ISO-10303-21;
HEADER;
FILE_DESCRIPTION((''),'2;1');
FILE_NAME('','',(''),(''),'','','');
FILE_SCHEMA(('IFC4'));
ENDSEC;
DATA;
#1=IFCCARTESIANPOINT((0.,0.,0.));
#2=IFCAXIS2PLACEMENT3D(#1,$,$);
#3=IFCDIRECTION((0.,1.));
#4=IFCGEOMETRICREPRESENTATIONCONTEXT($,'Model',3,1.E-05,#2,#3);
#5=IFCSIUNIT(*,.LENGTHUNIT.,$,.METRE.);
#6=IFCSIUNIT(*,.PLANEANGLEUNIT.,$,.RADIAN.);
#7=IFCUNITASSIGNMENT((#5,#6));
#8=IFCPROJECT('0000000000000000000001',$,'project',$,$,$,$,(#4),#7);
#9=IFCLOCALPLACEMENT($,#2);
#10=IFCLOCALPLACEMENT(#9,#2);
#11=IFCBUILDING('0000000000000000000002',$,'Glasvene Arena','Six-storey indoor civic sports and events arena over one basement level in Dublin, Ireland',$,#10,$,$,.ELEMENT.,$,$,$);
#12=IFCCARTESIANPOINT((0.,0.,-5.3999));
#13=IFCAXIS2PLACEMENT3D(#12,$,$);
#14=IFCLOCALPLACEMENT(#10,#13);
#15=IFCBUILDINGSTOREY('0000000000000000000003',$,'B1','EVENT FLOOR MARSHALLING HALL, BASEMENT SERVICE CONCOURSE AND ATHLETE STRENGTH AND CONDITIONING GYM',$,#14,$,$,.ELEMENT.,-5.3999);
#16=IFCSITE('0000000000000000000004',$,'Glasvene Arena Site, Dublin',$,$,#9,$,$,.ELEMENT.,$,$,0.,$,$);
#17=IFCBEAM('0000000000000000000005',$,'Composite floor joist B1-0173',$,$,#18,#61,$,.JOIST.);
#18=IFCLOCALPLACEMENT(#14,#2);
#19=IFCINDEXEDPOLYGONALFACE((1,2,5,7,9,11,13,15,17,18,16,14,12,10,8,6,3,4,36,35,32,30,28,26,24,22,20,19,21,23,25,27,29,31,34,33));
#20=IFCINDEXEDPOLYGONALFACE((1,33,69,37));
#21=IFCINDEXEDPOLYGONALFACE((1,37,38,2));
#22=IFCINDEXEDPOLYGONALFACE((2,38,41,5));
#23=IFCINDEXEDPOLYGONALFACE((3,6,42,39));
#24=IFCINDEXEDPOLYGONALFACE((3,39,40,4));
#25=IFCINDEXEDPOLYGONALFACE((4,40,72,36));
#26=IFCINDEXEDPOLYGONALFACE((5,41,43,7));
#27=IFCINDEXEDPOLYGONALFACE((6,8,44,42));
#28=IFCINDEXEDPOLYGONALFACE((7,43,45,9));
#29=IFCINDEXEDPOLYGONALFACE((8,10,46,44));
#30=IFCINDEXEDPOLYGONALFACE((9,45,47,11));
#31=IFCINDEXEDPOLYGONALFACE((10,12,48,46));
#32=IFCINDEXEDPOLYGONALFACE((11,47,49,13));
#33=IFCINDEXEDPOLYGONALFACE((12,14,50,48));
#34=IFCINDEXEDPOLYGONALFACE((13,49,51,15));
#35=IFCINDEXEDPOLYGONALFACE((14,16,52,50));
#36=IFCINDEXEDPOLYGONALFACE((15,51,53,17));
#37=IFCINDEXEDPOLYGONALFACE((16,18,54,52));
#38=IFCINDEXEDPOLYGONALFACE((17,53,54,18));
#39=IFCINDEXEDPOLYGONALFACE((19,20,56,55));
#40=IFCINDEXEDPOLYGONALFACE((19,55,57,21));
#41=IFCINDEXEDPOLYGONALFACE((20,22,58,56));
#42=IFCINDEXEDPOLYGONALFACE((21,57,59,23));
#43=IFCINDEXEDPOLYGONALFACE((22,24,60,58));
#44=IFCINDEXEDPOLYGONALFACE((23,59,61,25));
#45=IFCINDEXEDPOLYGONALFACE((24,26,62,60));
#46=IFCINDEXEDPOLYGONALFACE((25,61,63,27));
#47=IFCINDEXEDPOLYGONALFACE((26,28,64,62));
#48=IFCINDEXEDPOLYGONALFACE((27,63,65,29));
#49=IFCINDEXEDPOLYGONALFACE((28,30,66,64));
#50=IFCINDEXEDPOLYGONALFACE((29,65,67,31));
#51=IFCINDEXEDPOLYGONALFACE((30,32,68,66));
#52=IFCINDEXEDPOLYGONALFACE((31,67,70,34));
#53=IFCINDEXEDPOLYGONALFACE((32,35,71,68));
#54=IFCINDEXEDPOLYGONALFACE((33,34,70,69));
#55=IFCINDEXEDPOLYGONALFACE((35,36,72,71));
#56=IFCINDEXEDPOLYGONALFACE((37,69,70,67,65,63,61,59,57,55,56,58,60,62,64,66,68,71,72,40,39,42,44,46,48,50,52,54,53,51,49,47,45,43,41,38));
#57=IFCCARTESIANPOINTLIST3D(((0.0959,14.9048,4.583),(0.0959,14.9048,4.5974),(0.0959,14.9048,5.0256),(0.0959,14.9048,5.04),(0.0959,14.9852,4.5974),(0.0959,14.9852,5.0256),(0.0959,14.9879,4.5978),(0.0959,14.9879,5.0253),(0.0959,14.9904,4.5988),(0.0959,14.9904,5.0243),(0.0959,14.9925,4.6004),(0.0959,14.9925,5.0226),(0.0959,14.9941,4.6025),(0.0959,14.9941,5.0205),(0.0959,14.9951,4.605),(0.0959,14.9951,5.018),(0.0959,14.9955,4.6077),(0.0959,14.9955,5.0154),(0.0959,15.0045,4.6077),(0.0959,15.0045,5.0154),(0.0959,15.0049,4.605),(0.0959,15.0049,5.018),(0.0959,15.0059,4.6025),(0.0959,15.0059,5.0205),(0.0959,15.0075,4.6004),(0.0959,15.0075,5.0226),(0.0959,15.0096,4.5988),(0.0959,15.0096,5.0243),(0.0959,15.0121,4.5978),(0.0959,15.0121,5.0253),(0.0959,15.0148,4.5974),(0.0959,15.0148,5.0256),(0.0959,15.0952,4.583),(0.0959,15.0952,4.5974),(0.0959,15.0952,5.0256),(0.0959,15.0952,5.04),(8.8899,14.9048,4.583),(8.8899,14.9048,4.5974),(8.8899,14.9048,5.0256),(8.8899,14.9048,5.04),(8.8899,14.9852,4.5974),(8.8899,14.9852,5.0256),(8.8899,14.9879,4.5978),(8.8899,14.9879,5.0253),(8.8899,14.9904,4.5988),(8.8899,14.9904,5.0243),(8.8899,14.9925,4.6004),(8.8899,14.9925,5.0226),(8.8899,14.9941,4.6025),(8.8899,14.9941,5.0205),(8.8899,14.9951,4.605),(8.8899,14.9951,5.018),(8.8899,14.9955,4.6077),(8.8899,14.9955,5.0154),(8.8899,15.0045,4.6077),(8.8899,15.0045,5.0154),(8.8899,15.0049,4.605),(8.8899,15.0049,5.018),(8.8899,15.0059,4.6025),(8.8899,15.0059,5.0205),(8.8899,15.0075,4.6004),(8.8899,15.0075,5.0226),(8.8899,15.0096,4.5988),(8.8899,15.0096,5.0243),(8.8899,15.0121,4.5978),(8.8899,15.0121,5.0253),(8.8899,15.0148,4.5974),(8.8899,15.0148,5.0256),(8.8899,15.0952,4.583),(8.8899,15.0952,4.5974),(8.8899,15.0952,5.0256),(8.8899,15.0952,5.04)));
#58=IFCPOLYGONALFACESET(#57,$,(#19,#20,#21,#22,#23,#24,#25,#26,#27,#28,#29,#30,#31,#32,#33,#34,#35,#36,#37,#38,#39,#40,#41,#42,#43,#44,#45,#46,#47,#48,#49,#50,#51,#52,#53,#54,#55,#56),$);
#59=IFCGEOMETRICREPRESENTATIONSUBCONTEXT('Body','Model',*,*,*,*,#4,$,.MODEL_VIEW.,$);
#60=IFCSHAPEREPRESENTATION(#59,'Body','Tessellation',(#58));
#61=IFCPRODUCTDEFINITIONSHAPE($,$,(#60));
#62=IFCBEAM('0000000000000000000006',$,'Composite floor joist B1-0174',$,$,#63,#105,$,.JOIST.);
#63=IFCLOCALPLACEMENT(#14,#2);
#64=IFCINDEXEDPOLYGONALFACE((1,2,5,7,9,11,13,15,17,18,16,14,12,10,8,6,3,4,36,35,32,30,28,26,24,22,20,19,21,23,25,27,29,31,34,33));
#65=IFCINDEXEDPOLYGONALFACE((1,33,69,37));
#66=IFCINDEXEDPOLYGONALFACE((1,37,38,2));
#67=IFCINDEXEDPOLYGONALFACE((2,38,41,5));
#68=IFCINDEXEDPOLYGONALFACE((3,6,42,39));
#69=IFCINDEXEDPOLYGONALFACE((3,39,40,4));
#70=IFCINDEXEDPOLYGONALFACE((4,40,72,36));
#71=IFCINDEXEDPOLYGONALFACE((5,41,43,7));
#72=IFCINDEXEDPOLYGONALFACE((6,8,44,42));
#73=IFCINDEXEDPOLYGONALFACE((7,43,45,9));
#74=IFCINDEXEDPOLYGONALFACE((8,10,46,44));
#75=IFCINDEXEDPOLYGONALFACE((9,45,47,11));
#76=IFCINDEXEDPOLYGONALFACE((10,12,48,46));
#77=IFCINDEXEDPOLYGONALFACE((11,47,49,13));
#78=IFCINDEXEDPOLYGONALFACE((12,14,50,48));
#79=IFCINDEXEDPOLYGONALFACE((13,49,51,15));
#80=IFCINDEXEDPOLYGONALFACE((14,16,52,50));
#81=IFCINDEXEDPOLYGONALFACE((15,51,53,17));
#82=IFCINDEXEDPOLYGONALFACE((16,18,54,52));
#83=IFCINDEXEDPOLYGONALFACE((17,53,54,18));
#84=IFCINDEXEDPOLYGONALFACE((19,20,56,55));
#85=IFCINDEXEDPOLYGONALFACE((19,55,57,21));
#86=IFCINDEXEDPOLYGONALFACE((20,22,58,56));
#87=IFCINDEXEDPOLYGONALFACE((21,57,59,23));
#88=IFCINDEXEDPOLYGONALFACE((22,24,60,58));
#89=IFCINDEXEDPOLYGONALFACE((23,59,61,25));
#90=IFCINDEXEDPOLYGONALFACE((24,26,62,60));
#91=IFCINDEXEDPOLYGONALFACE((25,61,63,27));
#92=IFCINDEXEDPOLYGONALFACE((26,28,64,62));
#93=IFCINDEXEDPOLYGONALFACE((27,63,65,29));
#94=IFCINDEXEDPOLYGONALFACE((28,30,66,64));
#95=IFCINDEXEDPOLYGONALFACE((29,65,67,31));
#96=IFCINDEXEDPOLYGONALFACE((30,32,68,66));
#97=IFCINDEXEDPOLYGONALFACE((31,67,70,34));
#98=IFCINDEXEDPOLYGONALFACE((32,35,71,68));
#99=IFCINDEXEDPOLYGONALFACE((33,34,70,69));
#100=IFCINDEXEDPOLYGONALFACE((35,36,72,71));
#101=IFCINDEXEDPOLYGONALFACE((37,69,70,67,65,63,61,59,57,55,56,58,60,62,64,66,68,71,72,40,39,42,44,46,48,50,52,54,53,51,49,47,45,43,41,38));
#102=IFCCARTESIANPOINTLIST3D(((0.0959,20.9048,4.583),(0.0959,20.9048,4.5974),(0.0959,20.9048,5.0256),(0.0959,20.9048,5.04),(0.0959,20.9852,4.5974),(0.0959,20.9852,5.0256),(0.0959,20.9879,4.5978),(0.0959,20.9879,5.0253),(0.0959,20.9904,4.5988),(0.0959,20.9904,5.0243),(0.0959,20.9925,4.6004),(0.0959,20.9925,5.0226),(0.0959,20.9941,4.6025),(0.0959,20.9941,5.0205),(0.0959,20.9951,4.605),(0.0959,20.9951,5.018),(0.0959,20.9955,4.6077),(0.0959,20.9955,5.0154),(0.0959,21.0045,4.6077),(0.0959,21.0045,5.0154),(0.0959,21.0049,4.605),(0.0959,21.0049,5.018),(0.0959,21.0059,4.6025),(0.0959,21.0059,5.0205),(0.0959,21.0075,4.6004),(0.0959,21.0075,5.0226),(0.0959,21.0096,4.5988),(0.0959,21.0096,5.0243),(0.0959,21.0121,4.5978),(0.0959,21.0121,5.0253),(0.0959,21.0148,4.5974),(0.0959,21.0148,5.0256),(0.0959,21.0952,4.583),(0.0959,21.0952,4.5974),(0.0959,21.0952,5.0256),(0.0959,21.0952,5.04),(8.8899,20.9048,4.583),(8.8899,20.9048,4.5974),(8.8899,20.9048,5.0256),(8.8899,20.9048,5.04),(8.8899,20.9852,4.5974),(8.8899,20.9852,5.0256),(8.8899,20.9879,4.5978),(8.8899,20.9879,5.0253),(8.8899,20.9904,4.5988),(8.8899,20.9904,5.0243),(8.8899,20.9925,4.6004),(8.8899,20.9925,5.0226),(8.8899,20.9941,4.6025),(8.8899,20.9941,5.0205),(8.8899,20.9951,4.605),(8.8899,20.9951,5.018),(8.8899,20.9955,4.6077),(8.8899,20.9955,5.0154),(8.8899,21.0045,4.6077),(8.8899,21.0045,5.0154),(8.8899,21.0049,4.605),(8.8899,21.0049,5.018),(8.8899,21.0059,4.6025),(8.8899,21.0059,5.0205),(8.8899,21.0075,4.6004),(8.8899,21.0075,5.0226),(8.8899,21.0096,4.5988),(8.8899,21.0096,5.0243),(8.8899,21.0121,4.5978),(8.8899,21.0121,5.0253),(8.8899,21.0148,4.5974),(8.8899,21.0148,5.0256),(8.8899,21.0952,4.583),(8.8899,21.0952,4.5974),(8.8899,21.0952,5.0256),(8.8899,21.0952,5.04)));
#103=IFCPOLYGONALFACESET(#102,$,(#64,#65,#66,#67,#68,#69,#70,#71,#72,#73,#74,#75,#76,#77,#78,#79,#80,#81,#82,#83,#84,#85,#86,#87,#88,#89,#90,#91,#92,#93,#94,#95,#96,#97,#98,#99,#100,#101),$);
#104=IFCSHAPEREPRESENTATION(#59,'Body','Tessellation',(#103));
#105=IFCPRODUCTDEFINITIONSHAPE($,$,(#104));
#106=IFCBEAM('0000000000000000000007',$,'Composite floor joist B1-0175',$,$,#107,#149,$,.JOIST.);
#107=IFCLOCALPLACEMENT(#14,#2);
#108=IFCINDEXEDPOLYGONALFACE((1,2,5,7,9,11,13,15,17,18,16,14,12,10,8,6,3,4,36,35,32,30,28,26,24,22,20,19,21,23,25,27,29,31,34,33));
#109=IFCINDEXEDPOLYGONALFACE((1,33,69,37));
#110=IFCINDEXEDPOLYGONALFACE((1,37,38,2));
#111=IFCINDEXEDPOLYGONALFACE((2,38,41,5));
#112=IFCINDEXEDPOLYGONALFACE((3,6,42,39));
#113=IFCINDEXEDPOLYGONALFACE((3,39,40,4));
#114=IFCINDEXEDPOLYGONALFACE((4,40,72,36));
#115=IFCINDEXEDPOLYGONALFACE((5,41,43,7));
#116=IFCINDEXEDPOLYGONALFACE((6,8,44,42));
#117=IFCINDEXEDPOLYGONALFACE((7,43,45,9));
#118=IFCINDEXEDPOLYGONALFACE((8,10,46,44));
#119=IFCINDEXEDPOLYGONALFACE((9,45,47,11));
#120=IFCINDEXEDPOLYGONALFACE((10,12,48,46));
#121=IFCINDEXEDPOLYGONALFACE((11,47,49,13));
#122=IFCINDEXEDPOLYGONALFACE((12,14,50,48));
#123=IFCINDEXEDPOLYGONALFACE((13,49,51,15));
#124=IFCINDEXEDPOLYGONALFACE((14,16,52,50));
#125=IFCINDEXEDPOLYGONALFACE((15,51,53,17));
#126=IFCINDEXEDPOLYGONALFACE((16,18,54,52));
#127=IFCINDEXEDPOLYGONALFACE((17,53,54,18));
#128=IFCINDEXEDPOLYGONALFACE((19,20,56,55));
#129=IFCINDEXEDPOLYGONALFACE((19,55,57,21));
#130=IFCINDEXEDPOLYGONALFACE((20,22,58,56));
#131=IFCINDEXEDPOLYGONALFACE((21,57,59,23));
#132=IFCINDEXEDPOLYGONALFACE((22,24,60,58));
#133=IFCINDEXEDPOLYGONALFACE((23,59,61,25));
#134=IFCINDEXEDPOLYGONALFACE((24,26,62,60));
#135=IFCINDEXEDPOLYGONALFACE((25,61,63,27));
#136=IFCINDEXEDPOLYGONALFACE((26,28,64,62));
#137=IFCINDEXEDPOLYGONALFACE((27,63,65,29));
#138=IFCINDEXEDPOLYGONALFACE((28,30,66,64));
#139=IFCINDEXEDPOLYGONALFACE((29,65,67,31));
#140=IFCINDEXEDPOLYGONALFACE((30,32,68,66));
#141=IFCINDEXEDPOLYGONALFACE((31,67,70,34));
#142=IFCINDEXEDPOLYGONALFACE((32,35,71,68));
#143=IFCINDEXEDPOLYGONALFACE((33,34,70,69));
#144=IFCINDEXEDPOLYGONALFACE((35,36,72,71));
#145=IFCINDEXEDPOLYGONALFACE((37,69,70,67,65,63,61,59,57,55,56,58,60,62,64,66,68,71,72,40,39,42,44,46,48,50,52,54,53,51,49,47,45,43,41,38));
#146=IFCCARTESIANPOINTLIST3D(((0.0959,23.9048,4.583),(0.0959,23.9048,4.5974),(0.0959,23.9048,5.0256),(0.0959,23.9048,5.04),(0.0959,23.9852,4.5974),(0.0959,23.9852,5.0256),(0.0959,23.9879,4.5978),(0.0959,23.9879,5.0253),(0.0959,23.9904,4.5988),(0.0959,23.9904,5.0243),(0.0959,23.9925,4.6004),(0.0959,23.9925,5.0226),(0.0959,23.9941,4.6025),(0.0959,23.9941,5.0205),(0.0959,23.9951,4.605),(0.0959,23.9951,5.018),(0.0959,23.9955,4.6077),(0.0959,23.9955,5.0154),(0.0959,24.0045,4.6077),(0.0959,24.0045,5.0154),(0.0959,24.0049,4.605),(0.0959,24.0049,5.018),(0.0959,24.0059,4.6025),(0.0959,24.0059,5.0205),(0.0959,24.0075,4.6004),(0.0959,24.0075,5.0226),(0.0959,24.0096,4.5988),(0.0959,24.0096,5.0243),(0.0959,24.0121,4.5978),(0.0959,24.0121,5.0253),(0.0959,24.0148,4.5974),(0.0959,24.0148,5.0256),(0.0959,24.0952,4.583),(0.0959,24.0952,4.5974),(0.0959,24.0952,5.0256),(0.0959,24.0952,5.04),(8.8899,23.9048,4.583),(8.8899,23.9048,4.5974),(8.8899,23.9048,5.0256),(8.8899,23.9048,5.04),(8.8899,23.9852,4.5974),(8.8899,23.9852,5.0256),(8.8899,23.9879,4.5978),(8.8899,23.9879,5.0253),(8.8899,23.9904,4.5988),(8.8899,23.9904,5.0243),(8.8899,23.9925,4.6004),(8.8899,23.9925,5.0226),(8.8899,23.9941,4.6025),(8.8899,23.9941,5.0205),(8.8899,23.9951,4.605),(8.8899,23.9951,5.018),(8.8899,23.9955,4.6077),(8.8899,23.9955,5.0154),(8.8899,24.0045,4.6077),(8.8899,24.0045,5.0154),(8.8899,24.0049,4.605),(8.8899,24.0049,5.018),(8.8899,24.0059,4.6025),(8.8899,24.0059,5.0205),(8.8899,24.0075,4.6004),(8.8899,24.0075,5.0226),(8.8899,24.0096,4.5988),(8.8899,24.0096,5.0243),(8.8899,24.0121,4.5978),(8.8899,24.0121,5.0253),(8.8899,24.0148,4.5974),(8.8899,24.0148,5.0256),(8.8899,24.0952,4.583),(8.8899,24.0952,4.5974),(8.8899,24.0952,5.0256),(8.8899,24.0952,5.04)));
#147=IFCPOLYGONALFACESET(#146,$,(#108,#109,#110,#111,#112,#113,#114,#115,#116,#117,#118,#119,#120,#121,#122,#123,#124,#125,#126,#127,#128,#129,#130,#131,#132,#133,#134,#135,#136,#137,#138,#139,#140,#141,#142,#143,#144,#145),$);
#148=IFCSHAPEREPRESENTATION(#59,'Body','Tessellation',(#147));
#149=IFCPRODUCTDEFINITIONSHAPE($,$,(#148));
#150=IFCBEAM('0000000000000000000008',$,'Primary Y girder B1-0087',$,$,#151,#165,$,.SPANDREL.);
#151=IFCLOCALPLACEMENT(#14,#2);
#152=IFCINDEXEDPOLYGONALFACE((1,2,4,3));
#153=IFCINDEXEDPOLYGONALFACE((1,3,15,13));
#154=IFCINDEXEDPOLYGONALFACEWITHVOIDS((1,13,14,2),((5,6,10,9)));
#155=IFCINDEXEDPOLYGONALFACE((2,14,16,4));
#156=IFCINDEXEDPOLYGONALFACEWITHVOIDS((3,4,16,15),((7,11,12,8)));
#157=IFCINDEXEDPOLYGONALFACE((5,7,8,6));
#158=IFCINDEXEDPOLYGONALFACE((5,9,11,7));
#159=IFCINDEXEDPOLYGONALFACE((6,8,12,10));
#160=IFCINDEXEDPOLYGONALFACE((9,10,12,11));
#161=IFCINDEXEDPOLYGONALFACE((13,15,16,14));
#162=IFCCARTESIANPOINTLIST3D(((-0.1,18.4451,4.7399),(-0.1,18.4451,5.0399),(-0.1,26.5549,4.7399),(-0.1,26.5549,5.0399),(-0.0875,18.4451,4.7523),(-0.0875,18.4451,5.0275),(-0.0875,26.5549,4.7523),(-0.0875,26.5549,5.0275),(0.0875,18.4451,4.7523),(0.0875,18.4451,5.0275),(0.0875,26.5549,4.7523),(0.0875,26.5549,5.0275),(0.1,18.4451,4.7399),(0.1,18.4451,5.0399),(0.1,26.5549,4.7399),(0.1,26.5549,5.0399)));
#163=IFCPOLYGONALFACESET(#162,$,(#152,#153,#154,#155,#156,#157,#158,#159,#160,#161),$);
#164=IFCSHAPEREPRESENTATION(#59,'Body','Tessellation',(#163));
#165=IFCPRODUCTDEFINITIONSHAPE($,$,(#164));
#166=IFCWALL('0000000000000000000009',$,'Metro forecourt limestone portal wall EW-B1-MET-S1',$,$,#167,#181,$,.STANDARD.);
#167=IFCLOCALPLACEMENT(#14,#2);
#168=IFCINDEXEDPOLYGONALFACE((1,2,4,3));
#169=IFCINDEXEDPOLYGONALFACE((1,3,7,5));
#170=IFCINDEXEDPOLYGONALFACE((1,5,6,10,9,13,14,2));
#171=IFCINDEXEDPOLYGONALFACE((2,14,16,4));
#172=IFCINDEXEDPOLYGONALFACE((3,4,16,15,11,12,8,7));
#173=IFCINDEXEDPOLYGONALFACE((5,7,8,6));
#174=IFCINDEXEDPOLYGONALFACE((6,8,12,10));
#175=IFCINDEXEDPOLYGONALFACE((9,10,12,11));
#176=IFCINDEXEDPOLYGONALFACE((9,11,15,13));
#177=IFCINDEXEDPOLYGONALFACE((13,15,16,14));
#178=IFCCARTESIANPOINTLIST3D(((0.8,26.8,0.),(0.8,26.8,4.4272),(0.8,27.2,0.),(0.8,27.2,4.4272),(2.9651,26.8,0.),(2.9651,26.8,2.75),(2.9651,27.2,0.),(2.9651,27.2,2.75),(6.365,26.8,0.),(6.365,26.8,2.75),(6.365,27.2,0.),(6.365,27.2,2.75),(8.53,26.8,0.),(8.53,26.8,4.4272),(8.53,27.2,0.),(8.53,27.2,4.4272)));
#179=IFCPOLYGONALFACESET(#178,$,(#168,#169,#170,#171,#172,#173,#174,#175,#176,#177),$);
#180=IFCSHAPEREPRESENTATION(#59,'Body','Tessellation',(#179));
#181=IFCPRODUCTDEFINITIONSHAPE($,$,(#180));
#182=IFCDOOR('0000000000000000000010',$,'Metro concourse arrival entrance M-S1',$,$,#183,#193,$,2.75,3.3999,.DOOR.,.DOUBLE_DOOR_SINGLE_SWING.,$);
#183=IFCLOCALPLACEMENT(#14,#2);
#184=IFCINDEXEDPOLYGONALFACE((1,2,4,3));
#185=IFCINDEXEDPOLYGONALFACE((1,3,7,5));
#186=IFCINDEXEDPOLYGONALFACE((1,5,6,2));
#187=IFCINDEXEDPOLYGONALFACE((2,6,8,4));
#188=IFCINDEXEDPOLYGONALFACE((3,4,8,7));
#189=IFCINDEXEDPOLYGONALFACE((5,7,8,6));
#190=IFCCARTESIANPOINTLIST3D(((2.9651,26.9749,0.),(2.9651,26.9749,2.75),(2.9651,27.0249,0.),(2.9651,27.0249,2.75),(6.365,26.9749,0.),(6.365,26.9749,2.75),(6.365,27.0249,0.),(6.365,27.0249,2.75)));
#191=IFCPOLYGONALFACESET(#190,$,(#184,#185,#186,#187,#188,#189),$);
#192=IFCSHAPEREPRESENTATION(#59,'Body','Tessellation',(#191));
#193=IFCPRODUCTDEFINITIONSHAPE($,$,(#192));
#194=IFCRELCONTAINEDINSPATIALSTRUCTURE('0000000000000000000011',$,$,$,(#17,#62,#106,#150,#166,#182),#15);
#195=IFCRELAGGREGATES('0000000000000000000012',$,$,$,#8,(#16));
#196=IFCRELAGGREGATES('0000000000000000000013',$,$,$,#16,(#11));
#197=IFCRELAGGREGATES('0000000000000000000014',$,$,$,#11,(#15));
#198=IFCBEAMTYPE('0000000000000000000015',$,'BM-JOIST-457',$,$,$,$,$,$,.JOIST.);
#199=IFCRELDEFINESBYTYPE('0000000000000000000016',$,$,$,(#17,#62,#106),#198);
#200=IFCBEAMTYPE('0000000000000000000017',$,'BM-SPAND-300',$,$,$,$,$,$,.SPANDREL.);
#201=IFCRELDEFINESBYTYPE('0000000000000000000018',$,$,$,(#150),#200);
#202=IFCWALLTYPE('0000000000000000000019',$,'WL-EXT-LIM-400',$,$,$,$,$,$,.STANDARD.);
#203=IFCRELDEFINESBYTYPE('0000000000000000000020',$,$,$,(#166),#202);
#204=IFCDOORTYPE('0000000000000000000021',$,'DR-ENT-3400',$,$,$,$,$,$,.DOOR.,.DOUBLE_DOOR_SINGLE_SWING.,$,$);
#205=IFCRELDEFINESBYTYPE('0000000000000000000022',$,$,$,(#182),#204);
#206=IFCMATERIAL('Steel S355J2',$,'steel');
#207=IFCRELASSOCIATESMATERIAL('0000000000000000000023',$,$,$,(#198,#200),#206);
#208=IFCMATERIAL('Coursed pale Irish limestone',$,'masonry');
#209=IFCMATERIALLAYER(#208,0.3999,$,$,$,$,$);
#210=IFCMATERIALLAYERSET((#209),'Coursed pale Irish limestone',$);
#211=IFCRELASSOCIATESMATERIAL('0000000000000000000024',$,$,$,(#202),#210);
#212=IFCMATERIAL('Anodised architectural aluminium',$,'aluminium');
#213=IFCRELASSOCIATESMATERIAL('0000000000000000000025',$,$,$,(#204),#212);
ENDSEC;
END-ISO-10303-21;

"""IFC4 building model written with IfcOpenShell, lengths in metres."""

from ifc_helpers import new_model, si_unit, direction, frame, frame_2d, origin, origin_2d, place, context, subcontext, project, spatial, rectangle, hollow_rectangle, i_section, extrude, material, layer, layer_set, material_profile, profile_set, type_object, element, fill, save


model = new_model("IFC4")

# Units and contexts
model_context = context("Model", 3, precision=1e-05, world=origin(), true_north=direction((0.0, 1.0)))
body_context = subcontext(model_context, "Body", "Model", "MODEL_VIEW")
ifc_project = project(units=[si_unit("LENGTHUNIT", "METRE"), si_unit("PLANEANGLEUNIT", "RADIAN")], contexts=[model_context])

# Site, building, storey
site_placement = place(None, origin())
site = spatial("IfcSite", under=ifc_project, at=site_placement, Name="Glasvene Arena Site, Dublin", CompositionType="ELEMENT", RefElevation=0.0)
building_placement = place(site_placement, origin())
building = spatial("IfcBuilding", under=site, at=building_placement, Name="Glasvene Arena", Description="Six-storey indoor civic sports and events arena over one basement level in Dublin, Ireland", CompositionType="ELEMENT")
storey_placement = place(building_placement, frame((0.0, 0.0, -5.3999)))
storey = spatial("IfcBuildingStorey", under=building, at=storey_placement, Name="B1", Description="EVENT FLOOR MARSHALLING HALL, BASEMENT SERVICE CONCOURSE AND ATHLETE STRENGTH AND CONDITIONING GYM", CompositionType="ELEMENT", Elevation=-5.3999)

# Shared definitions
ifc_material_1 = material(Name="Steel S355J2", Category="steel")

# Beams
ifc_material_profile_1 = material_profile(ifc_material_1, i_section(OverallWidth=0.1904, OverallDepth=0.457, WebThickness=0.009, FlangeThickness=0.0144, FilletRadius=0.0103, at=origin_2d()), Name="UKB 457x191x74")
ifc_profile_set_1 = profile_set([ifc_material_profile_1], Name="Steel S355J2")
beam_type_1 = type_object("IfcBeamType", Name="BM-JOIST-457", PredefinedType="JOIST", material=ifc_profile_set_1)
for number, where, z_axis, x_axis, name in (
    (1, (0.0959, 15.0, 4.8115), (1.0, 0.0, 0.0), (0.0, 1.0, 0.0), "Composite floor joist B1-0173"),
    (2, (0.0959, 21.0, 4.8115), (1.0, 0.0, 0.0), (0.0, 1.0, 0.0), "Composite floor joist B1-0174"),
    (3, (0.0959, 24.0, 4.8115), (1.0, 0.0, 0.0), (0.0, 1.0, 0.0), "Composite floor joist B1-0175"),
):
    element("IfcBeam", number, at=place(storey_placement, frame(where, z_axis=z_axis, x_axis=x_axis)), inside=storey, type_object=beam_type_1, Name=name, PredefinedType="JOIST", context=body_context, shape_type="SweptSolid", body=[
        extrude(i_section(OverallWidth=0.1904, OverallDepth=0.457, WebThickness=0.009, FlangeThickness=0.0144, FilletRadius=0.0103, at=origin_2d()), origin(), (0.0, 0.0, 1.0), 8.7939),
    ])
ifc_material_profile_2 = material_profile(ifc_material_1, hollow_rectangle(XDim=0.2, YDim=0.3, WallThickness=0.0125, at=origin_2d()), Name="RHS 300x200x12.5")
ifc_profile_set_2 = profile_set([ifc_material_profile_2], Name="Steel S355J2")
beam_type_2 = type_object("IfcBeamType", Name="BM-SPAND-300", PredefinedType="SPANDREL", material=ifc_profile_set_2)
beam_1_placement = place(storey_placement, frame((0.0, 18.4451, 4.8899), z_axis=(0.0, 1.0, 0.0), x_axis=(-1.0, 0.0, 0.0)))
element("IfcBeam", 4, at=beam_1_placement, inside=storey, type_object=beam_type_2, Name="Primary Y girder B1-0087", PredefinedType="SPANDREL", context=body_context, shape_type="SweptSolid", body=[
    extrude(hollow_rectangle(XDim=0.2, YDim=0.3, WallThickness=0.0125, at=origin_2d()), origin(), (0.0, 0.0, 1.0), 8.1099),
])

# Wall, opening, door
ifc_material_2 = material(Name="Coursed pale Irish limestone", Category="masonry")
ifc_layer_1 = layer(ifc_material_2, 0.3999)
ifc_layer_set_1 = layer_set([ifc_layer_1], Name="Coursed pale Irish limestone")
wall_type_1 = type_object("IfcWallType", Name="WL-EXT-LIM-400", PredefinedType="STANDARD", material=ifc_layer_set_1)
wall_1_placement = place(storey_placement, frame((0.8, 27.0, 0.0), z_axis=(0.0, 0.0, 1.0), x_axis=(1.0, 0.0, 0.0)))
wall_1 = element("IfcWall", 5, at=wall_1_placement, inside=storey, type_object=wall_type_1, Name="Metro forecourt limestone portal wall EW-B1-MET-S1", PredefinedType="STANDARD", context=body_context, shape_type="SweptSolid", body=[
    extrude(rectangle(XDim=7.73, YDim=0.3999, at=frame_2d((3.865, 0.0))), origin(), (0.0, 0.0, 1.0), 4.4272),
])
opening_placement = place(wall_1_placement, frame((2.165, 0.0, 0.0)))
opening = element("IfcOpeningElement", 6, at=opening_placement, cuts=wall_1, PredefinedType="OPENING", context=body_context, shape_type="SweptSolid", body=[
    extrude(rectangle(XDim=3.3999, YDim=2.75, at=frame_2d((1.7, 1.375))), frame((0.0, 0.21, 0.0), z_axis=(0.0, -1.0, 0.0), x_axis=(1.0, 0.0, 0.0)), (0.0, 0.0, 1.0), 0.4199),
])
ifc_material_3 = material(Name="Anodised architectural aluminium", Category="aluminium")
door_type = type_object("IfcDoorType", Name="DR-ENT-3400", OperationType="DOUBLE_DOOR_SINGLE_SWING", PredefinedType="DOOR", material=ifc_material_3)
door_placement = place(opening_placement, origin())
door = element("IfcDoor", 7, at=door_placement, inside=storey, type_object=door_type, Name="Metro concourse arrival entrance M-S1", OperationType="DOUBLE_DOOR_SINGLE_SWING", OverallHeight=2.75, OverallWidth=3.3999, PredefinedType="DOOR", context=body_context, shape_type="SweptSolid", body=[
    extrude(rectangle(XDim=3.3999, YDim=2.75, at=frame_2d((1.7, 1.375))), frame((0.0, 0.0249, 0.0), z_axis=(0.0, -1.0, 0.0), x_axis=(1.0, 0.0, 0.0)), (0.0, 0.0, 1.0), 0.05),
])
fill(opening, door)

save(model, "model.ifc")
